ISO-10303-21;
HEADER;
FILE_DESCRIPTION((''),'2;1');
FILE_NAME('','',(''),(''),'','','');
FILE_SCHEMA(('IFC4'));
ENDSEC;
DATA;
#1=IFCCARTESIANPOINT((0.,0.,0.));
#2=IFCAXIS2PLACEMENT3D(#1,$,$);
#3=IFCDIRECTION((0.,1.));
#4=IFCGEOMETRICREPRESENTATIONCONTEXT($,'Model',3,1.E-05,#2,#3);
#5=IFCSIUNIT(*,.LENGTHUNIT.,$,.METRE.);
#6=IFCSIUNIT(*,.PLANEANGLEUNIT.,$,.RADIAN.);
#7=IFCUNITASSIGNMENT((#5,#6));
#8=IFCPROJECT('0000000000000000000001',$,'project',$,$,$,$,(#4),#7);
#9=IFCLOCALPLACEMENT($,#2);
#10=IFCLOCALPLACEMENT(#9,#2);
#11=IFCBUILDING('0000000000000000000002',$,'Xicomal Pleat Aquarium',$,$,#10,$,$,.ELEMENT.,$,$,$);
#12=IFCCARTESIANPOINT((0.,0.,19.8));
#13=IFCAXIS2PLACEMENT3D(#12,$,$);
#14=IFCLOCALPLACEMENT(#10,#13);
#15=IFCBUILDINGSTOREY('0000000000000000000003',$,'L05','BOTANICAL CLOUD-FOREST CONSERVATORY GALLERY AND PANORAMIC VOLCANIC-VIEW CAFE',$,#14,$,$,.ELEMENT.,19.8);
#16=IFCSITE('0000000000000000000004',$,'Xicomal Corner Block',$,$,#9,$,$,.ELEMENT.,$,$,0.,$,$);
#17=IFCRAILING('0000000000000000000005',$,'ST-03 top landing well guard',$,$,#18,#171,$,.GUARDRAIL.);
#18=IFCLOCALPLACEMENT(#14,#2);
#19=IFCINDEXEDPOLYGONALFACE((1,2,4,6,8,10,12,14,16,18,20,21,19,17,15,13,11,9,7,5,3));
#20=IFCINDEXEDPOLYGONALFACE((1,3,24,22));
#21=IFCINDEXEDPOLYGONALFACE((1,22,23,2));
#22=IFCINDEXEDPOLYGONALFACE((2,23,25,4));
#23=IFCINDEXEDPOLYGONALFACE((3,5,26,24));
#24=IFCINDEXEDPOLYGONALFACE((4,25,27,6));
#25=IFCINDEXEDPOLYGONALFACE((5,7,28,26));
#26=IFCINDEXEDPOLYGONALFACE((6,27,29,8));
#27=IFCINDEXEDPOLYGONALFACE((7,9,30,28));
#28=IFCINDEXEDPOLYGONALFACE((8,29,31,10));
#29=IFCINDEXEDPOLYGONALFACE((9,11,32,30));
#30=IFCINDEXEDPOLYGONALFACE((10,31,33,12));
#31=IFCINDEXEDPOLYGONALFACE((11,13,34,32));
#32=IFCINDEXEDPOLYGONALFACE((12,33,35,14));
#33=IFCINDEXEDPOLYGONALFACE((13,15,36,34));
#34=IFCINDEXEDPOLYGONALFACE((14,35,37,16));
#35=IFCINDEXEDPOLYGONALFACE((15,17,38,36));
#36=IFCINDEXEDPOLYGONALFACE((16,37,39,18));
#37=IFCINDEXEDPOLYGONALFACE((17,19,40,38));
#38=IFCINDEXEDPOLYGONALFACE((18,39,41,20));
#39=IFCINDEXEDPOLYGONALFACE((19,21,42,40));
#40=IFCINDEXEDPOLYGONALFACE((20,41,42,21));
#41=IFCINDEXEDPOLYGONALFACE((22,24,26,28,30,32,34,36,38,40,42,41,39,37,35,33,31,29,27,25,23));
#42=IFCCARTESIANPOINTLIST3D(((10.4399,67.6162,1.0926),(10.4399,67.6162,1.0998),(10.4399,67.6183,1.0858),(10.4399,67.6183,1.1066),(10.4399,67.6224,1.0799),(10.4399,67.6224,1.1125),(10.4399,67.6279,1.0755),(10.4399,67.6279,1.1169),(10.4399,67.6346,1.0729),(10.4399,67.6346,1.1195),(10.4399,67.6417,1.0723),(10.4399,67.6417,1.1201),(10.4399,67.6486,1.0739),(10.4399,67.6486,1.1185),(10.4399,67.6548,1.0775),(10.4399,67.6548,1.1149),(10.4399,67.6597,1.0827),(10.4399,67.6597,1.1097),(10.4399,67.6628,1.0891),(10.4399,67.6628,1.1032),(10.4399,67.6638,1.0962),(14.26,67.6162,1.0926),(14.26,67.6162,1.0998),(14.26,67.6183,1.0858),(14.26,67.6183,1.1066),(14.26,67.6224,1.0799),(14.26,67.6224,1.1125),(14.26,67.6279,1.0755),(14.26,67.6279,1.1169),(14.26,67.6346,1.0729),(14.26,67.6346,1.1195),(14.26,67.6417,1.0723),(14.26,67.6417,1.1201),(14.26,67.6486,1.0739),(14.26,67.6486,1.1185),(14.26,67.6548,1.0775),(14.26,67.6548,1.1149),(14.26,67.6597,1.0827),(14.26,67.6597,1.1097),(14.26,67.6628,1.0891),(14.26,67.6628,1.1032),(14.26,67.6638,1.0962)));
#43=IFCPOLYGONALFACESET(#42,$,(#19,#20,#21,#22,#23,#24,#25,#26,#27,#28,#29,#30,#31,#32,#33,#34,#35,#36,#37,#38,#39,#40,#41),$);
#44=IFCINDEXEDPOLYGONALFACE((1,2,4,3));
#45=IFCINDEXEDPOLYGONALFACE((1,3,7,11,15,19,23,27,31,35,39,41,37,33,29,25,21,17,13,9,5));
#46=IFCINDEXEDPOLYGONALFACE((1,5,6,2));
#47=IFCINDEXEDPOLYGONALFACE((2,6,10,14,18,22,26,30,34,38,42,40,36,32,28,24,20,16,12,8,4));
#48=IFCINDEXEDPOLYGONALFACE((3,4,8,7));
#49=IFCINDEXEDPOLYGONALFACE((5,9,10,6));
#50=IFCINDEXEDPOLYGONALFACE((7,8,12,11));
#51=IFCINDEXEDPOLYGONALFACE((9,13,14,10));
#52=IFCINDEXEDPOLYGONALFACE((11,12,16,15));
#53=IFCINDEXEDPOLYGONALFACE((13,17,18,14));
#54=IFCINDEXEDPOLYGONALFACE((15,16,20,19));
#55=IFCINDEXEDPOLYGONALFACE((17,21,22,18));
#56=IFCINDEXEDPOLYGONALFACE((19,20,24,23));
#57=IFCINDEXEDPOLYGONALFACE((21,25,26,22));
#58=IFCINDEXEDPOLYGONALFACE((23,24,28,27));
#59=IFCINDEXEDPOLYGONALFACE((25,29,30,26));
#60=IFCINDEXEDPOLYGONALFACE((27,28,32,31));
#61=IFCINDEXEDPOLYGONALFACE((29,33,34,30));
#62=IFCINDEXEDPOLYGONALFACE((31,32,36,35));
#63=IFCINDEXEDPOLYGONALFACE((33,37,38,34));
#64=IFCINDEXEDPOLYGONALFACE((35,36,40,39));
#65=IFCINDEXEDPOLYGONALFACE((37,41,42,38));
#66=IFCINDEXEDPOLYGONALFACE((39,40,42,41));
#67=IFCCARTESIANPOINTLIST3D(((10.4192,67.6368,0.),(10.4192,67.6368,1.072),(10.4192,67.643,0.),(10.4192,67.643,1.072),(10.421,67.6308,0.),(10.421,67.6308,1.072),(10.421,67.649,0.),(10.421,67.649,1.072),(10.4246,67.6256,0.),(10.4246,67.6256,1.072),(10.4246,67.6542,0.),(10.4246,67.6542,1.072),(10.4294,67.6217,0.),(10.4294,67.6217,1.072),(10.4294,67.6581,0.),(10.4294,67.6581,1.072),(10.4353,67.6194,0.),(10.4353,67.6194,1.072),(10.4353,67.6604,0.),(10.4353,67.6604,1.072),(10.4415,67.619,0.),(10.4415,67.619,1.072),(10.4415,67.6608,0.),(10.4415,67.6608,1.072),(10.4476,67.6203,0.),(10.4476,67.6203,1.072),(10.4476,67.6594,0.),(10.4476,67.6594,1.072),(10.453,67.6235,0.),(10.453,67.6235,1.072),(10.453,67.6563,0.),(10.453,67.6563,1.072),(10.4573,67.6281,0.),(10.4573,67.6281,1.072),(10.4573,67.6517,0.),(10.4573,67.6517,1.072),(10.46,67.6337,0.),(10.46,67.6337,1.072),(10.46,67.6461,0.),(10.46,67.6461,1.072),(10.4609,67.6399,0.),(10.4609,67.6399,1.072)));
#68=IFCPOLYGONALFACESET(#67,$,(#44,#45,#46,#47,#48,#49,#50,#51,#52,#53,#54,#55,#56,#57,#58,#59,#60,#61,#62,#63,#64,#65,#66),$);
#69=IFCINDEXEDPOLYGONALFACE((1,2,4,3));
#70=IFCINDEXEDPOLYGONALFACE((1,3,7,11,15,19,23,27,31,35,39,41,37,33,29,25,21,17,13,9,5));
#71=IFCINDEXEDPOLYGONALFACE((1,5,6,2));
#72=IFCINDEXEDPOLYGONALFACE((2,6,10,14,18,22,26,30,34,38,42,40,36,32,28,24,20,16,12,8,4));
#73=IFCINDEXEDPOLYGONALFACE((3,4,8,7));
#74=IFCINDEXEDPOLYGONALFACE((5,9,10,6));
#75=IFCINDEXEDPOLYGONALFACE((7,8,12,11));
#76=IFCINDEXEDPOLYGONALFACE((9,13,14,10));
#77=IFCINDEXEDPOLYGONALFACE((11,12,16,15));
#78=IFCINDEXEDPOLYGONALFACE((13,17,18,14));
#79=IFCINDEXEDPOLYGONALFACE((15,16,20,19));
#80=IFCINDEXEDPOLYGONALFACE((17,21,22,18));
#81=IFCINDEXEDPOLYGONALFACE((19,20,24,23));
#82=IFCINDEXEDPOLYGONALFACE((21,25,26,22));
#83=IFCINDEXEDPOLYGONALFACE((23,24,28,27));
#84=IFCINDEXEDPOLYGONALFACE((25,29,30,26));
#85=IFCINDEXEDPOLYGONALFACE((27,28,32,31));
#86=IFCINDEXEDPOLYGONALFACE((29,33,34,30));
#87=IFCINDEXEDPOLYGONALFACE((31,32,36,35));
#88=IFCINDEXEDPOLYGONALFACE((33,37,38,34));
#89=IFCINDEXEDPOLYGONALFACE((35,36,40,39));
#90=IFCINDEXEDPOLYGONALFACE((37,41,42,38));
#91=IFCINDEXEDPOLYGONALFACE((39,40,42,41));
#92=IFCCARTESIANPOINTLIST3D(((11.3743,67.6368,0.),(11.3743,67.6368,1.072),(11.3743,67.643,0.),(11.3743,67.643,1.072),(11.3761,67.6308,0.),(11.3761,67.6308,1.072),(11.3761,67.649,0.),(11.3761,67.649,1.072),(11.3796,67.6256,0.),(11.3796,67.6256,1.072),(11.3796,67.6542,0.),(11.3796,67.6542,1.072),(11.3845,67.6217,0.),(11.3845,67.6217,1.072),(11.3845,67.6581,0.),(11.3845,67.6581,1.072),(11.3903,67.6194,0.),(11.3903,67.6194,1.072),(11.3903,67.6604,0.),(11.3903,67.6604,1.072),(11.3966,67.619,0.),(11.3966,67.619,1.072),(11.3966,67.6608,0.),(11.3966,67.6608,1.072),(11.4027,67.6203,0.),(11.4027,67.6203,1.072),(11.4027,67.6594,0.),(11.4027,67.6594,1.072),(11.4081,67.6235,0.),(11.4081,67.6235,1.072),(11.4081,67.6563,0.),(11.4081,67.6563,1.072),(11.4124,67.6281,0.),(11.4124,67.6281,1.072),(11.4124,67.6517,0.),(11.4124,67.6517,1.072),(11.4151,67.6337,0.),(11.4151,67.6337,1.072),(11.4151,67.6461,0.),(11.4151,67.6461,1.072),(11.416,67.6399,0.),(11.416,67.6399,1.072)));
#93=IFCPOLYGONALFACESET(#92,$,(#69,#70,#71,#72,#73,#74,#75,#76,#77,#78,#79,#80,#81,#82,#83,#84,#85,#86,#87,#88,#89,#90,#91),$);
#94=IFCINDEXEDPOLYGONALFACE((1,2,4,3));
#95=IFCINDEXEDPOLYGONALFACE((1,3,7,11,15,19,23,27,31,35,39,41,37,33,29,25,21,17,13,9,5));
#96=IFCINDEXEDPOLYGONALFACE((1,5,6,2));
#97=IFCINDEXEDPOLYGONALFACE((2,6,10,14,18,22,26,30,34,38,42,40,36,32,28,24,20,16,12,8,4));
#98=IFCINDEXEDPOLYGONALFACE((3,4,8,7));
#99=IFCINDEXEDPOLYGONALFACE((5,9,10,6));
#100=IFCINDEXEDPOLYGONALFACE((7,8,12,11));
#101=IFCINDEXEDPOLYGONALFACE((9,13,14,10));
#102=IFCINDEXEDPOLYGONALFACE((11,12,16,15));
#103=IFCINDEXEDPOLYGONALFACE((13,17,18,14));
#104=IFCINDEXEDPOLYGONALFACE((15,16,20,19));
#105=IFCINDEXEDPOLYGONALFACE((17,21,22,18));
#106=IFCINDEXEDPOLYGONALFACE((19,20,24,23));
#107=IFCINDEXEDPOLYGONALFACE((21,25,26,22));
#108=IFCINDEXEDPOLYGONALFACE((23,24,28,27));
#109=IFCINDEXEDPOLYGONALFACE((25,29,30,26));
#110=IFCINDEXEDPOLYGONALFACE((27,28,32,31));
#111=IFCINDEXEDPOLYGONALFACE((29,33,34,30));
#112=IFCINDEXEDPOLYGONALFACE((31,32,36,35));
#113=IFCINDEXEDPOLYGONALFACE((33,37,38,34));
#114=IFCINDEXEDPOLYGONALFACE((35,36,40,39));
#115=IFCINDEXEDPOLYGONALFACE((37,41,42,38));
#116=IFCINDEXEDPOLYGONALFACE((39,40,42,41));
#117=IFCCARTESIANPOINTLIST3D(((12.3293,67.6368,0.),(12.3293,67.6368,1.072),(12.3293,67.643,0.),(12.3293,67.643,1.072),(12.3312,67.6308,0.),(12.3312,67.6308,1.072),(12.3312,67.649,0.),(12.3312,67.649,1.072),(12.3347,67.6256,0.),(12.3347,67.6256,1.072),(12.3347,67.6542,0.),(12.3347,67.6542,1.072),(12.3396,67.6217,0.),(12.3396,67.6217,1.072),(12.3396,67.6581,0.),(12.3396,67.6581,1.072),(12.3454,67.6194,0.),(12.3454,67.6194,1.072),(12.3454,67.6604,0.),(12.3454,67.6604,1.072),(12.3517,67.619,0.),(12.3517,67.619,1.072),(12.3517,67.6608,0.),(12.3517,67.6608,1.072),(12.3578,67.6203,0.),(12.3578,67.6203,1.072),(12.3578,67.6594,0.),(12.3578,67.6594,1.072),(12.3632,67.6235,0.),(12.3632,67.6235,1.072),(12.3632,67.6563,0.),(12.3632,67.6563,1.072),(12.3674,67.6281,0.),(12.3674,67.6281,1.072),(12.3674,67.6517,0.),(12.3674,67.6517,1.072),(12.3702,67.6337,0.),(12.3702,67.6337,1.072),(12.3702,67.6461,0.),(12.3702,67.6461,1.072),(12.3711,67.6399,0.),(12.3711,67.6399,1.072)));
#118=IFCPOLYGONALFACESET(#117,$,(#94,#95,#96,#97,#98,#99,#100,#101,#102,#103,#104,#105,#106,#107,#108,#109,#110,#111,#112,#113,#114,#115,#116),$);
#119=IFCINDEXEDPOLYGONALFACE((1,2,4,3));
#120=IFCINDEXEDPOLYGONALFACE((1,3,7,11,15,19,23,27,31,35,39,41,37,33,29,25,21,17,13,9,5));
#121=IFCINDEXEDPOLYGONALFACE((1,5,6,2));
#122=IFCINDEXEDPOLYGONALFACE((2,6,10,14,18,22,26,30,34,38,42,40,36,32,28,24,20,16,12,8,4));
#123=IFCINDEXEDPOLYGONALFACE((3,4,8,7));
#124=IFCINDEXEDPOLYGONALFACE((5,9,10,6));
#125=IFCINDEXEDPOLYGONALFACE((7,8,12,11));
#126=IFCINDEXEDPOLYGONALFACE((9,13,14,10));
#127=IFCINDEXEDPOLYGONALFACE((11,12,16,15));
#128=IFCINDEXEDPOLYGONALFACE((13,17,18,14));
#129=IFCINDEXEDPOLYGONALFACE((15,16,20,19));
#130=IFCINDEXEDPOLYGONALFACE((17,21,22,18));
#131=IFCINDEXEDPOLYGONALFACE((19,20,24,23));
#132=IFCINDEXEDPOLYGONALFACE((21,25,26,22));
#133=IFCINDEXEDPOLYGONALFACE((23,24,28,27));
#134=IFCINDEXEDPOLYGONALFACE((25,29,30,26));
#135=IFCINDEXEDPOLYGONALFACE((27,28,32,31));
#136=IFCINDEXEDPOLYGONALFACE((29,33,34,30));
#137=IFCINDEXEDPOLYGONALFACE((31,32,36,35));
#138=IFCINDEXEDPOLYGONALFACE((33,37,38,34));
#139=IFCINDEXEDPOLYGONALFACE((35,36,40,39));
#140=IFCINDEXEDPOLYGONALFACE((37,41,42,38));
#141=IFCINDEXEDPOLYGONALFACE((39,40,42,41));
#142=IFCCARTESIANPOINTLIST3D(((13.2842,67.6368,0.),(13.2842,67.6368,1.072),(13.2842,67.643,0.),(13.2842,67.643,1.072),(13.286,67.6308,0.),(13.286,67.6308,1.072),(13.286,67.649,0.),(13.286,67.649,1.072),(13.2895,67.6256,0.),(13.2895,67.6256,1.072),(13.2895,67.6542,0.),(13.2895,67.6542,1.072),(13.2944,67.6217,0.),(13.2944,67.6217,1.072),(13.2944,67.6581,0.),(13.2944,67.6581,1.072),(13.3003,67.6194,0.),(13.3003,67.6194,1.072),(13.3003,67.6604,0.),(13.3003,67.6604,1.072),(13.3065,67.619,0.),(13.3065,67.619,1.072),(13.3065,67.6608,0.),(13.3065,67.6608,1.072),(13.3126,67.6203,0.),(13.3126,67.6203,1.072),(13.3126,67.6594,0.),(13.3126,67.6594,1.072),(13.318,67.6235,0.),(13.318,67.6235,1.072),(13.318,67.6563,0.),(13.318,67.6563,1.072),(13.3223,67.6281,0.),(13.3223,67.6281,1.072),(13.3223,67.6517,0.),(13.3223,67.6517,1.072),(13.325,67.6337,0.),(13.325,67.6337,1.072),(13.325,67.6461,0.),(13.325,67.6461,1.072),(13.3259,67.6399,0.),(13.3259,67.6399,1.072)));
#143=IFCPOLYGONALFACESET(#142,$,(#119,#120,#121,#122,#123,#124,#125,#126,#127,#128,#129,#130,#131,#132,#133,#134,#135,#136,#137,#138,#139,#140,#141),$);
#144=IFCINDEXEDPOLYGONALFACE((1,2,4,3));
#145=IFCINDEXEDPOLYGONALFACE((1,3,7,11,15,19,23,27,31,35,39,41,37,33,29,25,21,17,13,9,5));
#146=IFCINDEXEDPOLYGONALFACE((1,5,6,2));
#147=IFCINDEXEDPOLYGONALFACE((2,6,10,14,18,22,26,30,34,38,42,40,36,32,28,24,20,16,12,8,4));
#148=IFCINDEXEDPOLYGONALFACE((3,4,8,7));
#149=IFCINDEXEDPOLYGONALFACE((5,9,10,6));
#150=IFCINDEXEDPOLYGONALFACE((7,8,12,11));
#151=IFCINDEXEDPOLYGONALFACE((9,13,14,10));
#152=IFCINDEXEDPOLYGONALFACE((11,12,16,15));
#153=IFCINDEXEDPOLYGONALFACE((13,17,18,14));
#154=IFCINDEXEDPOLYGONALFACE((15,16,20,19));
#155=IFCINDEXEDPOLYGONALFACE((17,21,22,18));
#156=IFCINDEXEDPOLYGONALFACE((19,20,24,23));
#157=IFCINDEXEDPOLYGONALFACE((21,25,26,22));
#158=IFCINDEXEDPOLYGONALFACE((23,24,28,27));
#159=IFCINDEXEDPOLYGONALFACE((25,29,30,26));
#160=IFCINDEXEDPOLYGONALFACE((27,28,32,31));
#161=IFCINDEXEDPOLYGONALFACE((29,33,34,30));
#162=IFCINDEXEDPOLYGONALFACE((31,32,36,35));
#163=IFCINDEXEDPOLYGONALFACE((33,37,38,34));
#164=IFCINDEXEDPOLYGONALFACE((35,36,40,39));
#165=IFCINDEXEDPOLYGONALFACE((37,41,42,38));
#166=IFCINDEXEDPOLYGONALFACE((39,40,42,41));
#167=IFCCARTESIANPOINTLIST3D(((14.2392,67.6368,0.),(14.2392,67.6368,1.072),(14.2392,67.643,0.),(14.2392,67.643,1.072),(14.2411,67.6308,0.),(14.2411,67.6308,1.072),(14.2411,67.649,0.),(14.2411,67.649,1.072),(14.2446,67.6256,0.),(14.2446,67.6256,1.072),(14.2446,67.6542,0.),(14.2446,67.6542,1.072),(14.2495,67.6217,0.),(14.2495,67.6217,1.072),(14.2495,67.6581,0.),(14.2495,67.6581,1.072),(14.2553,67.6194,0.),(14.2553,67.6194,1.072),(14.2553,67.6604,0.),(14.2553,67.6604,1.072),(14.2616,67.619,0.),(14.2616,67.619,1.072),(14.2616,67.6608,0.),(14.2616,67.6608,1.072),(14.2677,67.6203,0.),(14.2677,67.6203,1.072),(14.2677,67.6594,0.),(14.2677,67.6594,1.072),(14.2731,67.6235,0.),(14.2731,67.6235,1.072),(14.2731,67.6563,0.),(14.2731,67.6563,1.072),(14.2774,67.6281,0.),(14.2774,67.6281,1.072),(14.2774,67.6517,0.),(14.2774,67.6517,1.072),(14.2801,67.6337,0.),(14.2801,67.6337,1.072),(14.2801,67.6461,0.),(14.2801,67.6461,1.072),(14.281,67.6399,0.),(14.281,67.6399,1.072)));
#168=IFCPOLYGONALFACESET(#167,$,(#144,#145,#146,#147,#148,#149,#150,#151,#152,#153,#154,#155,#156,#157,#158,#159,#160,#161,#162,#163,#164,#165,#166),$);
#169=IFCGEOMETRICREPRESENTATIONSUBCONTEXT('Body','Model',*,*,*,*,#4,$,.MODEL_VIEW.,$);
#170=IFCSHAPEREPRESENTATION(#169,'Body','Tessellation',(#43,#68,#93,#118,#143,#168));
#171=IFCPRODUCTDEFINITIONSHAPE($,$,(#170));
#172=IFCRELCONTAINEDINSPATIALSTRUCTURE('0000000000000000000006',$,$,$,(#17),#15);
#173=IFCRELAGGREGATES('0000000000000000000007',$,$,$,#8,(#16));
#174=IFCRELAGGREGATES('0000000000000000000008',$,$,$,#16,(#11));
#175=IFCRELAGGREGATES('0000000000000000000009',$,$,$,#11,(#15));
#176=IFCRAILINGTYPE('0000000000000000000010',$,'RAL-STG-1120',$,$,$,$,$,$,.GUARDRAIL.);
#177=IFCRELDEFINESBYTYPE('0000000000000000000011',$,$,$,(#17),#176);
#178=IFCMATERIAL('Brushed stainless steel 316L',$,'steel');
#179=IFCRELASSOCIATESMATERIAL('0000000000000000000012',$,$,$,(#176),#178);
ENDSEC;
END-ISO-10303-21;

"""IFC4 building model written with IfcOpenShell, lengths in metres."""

from ifc_helpers import new_model, si_unit, direction, frame, origin, origin_2d, place, context, subcontext, project, spatial, circle, extrude, material, type_object, element, save


model = new_model("IFC4")

# Units and contexts
model_context = context("Model", 3, precision=1e-05, world=origin(), true_north=direction((0.0, 1.0)))
body_context = subcontext(model_context, "Body", "Model", "MODEL_VIEW")
ifc_project = project(units=[si_unit("LENGTHUNIT", "METRE"), si_unit("PLANEANGLEUNIT", "RADIAN")], contexts=[model_context])

# Site, building, storey
site_placement = place(None, origin())
site = spatial("IfcSite", under=ifc_project, at=site_placement, Name="Xicomal Corner Block", CompositionType="ELEMENT", RefElevation=0.0)
building_placement = place(site_placement, origin())
building = spatial("IfcBuilding", under=site, at=building_placement, Name="Xicomal Pleat Aquarium", CompositionType="ELEMENT")
storey_placement = place(building_placement, frame((0.0, 0.0, 19.8)))
storey = spatial("IfcBuildingStorey", under=building, at=storey_placement, Name="L05", Description="BOTANICAL CLOUD-FOREST CONSERVATORY GALLERY AND PANORAMIC VOLCANIC-VIEW CAFE", CompositionType="ELEMENT", Elevation=19.8)

# Railing
ifc_material_1 = material(Name="Brushed stainless steel 316L", Category="steel")
railing_type = type_object("IfcRailingType", Name="RAL-STG-1120", PredefinedType="GUARDRAIL", material=ifc_material_1)
railing_placement = place(storey_placement, frame((10.4399, 67.6399, 0.0)))
element("IfcRailing", 1, at=railing_placement, inside=storey, type_object=railing_type, Name="ST-03 top landing well guard", PredefinedType="GUARDRAIL", context=body_context, shape_type="SweptSolid", body=[
    extrude(circle(Radius=0.0239, at=origin_2d()), frame((0.0, 0.0, 1.0962), z_axis=(1.0, 0.0, 0.0), x_axis=(0.0, 1.0, 0.0)), (0.0, 0.0, 1.0), 3.8201),
    extrude(circle(Radius=0.021, at=origin_2d()), origin(), (0.0, 0.0, 1.0), 1.072),
    extrude(circle(Radius=0.021, at=origin_2d()), frame((0.9551, 0.0, 0.0)), (0.0, 0.0, 1.0), 1.072),
    extrude(circle(Radius=0.021, at=origin_2d()), frame((1.9102, 0.0, 0.0)), (0.0, 0.0, 1.0), 1.072),
    extrude(circle(Radius=0.021, at=origin_2d()), frame((2.865, 0.0, 0.0)), (0.0, 0.0, 1.0), 1.072),
    extrude(circle(Radius=0.021, at=origin_2d()), frame((3.8201, 0.0, 0.0)), (0.0, 0.0, 1.0), 1.072),
])

save(model, "model.ifc")
